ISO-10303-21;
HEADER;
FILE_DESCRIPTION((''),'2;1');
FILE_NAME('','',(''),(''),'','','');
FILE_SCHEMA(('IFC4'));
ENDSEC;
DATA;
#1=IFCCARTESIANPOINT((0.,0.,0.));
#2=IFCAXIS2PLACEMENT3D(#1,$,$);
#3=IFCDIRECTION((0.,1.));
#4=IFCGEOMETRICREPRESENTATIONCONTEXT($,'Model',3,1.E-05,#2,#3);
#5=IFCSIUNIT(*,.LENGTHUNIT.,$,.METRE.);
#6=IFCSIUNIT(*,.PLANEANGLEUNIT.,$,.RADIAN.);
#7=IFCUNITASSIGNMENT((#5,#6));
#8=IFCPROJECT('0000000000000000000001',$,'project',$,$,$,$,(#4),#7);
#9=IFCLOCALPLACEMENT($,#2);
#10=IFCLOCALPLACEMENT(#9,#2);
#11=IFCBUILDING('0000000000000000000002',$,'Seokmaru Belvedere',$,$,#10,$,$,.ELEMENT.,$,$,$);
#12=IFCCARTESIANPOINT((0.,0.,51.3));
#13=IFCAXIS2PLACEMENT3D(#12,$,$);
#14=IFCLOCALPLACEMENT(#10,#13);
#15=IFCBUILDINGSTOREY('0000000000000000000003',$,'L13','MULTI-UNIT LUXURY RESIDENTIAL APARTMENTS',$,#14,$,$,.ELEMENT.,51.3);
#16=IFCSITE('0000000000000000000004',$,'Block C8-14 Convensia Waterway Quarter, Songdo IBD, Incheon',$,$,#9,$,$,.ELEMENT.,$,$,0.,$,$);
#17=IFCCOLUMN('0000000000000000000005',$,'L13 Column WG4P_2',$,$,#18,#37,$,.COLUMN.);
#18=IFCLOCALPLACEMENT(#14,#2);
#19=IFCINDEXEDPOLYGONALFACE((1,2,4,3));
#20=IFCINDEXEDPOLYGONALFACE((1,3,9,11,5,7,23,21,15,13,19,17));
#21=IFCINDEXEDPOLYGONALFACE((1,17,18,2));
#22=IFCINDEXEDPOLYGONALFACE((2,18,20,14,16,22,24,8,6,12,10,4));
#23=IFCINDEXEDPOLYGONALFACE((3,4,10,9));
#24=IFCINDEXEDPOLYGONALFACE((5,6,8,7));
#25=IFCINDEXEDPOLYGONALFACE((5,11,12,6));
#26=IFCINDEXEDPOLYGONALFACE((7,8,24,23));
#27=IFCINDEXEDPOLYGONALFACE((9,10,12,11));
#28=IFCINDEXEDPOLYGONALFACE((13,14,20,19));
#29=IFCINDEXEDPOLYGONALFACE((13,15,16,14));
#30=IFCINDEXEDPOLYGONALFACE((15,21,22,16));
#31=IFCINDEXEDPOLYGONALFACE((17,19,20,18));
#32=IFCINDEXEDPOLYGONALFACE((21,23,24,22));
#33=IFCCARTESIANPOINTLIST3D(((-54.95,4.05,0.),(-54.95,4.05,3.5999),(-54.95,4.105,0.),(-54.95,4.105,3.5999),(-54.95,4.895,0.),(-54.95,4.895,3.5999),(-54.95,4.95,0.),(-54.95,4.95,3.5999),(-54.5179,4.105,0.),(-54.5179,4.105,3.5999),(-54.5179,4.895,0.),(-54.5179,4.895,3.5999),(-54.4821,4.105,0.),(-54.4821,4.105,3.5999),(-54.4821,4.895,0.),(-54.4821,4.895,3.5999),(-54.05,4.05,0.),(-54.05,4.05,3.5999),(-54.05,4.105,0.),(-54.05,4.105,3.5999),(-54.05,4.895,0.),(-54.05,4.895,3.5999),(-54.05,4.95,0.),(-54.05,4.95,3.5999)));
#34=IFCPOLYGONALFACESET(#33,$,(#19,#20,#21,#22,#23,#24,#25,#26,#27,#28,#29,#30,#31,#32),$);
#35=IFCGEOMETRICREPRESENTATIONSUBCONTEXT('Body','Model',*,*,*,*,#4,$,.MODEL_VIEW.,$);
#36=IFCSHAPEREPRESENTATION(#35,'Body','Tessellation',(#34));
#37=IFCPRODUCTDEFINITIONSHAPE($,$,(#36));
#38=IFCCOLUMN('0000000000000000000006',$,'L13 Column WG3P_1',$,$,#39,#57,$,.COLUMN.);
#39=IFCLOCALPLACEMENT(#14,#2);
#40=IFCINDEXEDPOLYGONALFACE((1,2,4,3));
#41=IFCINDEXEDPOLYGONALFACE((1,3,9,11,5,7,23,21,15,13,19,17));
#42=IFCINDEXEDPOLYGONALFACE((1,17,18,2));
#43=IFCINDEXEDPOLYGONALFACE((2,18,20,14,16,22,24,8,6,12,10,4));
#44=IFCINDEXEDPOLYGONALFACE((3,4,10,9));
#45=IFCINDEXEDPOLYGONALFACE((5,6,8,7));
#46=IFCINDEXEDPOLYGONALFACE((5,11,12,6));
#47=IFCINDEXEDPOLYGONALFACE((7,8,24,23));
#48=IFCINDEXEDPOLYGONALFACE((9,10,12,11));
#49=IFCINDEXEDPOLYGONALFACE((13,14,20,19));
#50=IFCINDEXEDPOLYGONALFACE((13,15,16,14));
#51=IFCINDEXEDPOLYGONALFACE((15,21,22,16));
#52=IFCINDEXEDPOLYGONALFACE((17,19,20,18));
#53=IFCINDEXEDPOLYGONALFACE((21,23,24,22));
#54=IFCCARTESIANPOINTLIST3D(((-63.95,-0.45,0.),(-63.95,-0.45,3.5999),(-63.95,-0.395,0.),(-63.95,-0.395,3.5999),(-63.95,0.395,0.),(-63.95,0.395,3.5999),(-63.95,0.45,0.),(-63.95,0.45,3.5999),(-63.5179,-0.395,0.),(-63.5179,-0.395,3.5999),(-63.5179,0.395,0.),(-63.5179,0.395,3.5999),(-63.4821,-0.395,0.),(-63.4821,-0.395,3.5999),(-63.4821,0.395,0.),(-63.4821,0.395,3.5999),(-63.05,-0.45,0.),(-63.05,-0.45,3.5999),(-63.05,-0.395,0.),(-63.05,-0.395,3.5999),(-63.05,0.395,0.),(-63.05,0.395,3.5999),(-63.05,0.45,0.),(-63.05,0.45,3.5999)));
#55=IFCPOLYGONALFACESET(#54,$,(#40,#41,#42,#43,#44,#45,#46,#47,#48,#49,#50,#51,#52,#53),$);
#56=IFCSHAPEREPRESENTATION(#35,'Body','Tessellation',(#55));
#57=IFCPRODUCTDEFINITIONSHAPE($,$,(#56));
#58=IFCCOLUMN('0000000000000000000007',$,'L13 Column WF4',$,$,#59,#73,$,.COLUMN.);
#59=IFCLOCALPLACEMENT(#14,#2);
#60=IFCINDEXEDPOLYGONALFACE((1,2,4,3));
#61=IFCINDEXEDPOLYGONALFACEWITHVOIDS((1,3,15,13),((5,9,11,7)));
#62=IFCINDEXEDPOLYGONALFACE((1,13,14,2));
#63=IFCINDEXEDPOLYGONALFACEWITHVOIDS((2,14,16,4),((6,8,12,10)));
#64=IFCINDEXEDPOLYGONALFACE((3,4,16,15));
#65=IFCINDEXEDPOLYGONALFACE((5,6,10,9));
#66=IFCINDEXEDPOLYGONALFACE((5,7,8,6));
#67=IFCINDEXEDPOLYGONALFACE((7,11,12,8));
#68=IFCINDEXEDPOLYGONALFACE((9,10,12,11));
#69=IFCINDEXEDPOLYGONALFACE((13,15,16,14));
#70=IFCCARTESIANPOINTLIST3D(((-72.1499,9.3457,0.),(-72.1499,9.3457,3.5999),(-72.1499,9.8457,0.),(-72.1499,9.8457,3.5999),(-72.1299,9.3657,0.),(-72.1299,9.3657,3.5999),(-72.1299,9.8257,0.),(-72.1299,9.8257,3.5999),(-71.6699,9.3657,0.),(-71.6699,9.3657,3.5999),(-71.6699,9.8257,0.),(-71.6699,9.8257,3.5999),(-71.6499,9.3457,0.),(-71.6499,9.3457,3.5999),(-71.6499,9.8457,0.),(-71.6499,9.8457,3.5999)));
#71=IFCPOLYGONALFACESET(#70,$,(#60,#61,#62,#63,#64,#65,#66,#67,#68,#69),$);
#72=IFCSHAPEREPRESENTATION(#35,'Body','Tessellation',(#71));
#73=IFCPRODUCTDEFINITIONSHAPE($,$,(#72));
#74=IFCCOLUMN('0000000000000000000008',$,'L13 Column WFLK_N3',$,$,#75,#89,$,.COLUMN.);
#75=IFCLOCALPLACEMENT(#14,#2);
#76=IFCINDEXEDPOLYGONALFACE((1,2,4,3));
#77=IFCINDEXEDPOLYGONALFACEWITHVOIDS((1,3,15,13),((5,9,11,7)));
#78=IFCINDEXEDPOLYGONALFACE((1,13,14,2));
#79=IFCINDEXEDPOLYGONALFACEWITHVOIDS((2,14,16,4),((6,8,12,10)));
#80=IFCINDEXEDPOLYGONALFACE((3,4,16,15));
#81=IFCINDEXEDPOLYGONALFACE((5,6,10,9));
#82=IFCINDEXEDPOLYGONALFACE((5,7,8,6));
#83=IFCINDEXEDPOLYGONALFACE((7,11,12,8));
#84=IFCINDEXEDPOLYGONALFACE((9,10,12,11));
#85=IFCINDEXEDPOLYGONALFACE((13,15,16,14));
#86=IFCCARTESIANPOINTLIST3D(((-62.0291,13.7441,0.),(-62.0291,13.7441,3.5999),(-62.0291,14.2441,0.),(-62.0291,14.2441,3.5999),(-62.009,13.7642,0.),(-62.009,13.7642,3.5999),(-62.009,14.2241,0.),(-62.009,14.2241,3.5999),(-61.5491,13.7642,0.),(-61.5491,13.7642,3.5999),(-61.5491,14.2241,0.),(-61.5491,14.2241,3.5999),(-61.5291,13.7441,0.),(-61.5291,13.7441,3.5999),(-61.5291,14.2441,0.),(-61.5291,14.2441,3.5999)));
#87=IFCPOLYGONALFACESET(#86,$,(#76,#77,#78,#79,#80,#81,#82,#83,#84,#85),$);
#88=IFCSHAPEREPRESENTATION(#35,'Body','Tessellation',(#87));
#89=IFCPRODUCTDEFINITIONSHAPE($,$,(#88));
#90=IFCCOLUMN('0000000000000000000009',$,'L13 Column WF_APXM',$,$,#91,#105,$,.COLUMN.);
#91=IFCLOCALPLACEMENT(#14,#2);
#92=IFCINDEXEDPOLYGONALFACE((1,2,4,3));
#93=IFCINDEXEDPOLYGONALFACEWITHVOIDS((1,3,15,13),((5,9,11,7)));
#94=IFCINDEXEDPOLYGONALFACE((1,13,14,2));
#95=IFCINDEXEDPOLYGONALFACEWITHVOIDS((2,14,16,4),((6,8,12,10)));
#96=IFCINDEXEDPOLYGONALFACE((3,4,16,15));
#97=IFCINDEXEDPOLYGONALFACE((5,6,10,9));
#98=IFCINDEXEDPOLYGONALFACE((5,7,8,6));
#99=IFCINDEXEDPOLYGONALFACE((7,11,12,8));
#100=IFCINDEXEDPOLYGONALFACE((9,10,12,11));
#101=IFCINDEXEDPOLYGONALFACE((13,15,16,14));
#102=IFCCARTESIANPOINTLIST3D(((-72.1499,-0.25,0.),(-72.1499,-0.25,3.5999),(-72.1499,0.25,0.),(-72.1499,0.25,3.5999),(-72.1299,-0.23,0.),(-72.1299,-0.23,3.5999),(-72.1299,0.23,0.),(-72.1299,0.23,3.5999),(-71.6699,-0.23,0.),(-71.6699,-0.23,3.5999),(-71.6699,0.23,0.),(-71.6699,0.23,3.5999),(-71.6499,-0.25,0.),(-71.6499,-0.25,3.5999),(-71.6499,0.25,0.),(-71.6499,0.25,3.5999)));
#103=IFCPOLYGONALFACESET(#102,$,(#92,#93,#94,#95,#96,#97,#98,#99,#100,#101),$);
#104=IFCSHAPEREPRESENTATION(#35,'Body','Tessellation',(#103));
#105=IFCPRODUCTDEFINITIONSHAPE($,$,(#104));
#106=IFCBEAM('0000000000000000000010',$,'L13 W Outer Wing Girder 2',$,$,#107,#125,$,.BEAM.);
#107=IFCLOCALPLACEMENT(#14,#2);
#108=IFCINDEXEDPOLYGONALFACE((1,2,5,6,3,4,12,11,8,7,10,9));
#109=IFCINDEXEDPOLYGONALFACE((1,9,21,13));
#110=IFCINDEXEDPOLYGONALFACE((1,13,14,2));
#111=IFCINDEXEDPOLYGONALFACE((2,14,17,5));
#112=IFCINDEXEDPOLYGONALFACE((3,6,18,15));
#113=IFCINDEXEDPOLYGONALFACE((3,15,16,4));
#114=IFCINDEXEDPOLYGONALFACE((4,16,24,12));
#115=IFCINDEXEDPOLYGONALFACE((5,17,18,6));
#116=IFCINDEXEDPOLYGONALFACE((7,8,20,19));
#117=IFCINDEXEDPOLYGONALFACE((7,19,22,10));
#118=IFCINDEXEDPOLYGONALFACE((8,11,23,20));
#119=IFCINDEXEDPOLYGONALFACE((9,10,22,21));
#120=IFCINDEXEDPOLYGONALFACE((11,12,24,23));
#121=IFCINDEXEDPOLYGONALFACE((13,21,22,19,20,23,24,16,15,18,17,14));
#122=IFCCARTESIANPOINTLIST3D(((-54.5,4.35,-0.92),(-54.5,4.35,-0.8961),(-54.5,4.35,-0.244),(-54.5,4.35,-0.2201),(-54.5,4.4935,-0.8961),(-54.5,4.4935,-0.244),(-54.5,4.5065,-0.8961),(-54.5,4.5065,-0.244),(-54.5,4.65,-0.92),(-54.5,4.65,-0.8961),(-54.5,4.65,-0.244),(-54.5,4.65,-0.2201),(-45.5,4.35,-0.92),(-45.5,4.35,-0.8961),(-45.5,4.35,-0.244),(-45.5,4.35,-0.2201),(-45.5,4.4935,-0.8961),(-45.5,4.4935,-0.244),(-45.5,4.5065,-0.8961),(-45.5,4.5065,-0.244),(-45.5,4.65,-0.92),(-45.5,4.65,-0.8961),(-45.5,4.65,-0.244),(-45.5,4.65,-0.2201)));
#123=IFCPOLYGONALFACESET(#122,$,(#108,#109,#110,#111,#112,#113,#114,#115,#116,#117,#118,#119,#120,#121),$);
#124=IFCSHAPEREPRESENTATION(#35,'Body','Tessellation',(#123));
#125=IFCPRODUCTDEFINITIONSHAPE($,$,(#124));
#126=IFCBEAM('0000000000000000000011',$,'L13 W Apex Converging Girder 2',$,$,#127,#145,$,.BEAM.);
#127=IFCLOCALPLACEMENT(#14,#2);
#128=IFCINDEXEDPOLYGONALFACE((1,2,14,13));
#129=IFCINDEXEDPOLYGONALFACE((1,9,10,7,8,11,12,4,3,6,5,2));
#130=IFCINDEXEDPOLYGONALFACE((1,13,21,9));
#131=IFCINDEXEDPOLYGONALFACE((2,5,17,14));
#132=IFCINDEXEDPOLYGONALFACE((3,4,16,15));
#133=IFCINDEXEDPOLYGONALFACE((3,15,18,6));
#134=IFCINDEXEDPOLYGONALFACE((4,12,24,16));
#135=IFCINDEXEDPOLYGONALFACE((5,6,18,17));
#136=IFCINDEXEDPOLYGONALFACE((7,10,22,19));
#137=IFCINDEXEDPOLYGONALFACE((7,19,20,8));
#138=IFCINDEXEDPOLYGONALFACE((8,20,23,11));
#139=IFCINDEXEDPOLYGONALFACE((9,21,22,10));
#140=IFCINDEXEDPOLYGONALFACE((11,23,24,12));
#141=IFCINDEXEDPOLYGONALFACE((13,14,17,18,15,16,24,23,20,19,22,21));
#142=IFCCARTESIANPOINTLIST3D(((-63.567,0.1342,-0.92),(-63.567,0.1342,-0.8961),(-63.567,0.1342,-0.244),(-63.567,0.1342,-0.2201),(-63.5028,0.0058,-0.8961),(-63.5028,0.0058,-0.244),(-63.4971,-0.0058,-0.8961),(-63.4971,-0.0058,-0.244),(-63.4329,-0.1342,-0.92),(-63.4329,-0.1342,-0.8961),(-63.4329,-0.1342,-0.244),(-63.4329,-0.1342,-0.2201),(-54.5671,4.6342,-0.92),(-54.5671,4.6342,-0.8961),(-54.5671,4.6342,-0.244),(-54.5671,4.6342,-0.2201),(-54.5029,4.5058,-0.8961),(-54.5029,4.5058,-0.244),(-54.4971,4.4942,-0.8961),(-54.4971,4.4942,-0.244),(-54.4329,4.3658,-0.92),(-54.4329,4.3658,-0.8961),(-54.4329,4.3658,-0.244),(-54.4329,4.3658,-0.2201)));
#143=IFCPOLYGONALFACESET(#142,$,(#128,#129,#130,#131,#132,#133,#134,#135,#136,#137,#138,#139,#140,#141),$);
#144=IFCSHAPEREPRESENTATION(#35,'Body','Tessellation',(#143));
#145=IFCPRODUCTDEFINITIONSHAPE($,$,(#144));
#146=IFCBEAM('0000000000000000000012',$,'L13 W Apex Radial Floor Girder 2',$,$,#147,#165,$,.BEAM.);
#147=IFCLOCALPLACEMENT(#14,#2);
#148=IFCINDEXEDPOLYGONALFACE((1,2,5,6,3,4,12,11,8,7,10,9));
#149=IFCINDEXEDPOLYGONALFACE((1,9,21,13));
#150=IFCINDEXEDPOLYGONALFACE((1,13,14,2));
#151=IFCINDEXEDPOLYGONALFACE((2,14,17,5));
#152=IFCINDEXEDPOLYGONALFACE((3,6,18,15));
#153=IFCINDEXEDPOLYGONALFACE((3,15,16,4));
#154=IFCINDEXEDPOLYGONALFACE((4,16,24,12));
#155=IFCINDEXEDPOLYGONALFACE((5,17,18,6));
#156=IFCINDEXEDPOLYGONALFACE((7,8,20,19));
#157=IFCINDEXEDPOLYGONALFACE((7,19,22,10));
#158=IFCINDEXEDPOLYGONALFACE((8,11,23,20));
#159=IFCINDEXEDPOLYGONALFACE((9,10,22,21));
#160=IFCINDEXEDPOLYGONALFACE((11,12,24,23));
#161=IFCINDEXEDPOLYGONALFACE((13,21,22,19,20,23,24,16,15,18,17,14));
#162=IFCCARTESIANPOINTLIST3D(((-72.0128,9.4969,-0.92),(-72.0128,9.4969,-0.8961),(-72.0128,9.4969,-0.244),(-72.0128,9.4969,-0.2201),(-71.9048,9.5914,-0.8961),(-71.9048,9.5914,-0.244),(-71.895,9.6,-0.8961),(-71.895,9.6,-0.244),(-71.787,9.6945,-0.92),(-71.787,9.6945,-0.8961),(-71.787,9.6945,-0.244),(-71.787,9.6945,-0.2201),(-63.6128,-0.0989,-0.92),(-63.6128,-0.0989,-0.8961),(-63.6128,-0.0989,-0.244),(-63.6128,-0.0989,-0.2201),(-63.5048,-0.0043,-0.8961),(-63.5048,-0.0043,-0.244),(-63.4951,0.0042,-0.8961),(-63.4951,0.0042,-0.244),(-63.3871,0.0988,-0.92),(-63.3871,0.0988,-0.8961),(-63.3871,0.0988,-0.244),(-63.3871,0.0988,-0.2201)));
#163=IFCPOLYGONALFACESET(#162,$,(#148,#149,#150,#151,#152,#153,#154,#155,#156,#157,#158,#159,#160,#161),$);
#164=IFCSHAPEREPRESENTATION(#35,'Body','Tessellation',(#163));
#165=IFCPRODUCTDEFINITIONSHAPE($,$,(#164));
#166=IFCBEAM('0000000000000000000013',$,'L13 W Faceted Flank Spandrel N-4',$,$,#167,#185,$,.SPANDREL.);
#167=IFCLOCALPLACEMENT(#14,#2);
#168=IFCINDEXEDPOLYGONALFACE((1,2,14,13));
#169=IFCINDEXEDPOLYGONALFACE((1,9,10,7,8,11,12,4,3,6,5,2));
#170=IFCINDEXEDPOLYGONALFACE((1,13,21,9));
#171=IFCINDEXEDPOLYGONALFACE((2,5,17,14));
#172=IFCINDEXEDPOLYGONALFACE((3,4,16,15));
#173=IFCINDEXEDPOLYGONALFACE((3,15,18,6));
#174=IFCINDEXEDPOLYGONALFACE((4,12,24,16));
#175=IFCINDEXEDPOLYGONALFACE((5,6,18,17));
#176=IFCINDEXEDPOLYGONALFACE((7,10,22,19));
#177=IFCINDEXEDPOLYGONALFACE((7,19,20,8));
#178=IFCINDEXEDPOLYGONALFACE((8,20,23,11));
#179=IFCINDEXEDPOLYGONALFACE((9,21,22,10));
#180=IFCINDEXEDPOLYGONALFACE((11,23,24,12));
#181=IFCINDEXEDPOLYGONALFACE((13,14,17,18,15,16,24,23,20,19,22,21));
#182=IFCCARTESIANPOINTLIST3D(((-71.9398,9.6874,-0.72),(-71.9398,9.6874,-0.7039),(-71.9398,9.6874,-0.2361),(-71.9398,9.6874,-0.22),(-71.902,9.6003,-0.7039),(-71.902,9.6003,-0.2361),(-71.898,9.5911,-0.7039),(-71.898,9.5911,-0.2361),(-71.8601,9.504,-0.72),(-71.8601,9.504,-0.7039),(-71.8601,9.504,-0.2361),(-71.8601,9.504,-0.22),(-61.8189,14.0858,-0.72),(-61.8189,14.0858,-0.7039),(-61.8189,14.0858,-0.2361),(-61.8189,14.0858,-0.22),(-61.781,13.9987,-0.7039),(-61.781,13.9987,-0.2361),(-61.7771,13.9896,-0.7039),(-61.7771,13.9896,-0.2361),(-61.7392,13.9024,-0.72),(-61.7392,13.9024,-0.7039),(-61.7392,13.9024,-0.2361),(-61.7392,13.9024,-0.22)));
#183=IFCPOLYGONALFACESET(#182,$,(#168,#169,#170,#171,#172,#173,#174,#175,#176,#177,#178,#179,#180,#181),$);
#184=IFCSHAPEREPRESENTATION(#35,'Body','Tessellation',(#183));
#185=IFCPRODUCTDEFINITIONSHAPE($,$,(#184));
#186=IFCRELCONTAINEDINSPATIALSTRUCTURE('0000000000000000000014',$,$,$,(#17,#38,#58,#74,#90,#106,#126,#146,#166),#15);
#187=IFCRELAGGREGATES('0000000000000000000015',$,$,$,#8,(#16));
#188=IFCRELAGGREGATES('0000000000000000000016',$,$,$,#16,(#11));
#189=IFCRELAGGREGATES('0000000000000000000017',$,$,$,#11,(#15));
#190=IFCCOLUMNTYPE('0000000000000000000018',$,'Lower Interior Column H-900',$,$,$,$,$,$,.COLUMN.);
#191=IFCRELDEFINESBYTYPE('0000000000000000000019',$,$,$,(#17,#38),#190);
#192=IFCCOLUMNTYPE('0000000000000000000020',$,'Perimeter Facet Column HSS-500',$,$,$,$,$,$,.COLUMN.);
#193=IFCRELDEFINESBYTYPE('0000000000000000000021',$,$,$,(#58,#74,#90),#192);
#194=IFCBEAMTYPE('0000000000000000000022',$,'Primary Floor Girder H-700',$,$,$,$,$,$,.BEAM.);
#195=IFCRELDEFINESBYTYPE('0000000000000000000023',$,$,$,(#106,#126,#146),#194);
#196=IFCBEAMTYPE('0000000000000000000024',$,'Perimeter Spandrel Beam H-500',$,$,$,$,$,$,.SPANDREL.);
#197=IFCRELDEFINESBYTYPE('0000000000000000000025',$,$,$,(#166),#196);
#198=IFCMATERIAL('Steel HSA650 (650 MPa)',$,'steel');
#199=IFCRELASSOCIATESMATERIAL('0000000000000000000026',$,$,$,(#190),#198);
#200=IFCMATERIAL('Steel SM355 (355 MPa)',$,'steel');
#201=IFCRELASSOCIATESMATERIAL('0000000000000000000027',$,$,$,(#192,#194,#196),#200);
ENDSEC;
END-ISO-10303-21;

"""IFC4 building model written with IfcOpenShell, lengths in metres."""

from ifc_helpers import new_model, si_unit, direction, frame, origin, origin_2d, place, context, subcontext, project, spatial, hollow_rectangle, i_section, extrude, source, transform, mapped, material, material_profile, profile_set, type_object, type_shapes, element, save


model = new_model("IFC4")

# Units and contexts
model_context = context("Model", 3, precision=1e-05, world=origin(), true_north=direction((0.0, 1.0)))
body_context = subcontext(model_context, "Body", "Model", "MODEL_VIEW")
ifc_project = project(units=[si_unit("LENGTHUNIT", "METRE"), si_unit("PLANEANGLEUNIT", "RADIAN")], contexts=[model_context])

# Site, building, storey
site_placement = place(None, origin())
site = spatial("IfcSite", under=ifc_project, at=site_placement, Name="Block C8-14 Convensia Waterway Quarter, Songdo IBD, Incheon", CompositionType="ELEMENT", RefElevation=0.0)
building_placement = place(site_placement, origin())
building = spatial("IfcBuilding", under=site, at=building_placement, Name="Seokmaru Belvedere", CompositionType="ELEMENT")
storey_placement = place(building_placement, frame((0.0, 0.0, 51.3)))
storey = spatial("IfcBuildingStorey", under=building, at=storey_placement, Name="L13", Description="MULTI-UNIT LUXURY RESIDENTIAL APARTMENTS", CompositionType="ELEMENT", Elevation=51.3)

# Columns
ifc_material_1 = material(Name="Steel HSA650 (650 MPa)", Category="steel")
ifc_material_profile_1 = material_profile(ifc_material_1, i_section(OverallWidth=0.8999, OverallDepth=0.8999, WebThickness=0.0359, FlangeThickness=0.0549, at=origin_2d()), Name="H-900x900x36x55")
ifc_profile_set_1 = profile_set([ifc_material_profile_1], Name="Steel HSA650 (650 MPa)")
column_type_1 = type_object("IfcColumnType", Name="Lower Interior Column H-900", PredefinedType="COLUMN", material=ifc_profile_set_1)
shared_shape_1 = source(origin(), body_context, "Body", "SweptSolid", [
    extrude(i_section(OverallWidth=0.8999, OverallDepth=0.8999, WebThickness=0.0359, FlangeThickness=0.0549, at=origin_2d()), origin(), (0.0, 0.0, 1.0), 3.5999),
])
type_shapes(column_type_1, [shared_shape_1])
for number, where, z_axis, x_axis, name in (
    (1, (-54.5, 4.5, 0.0), (0.0, 0.0, 1.0), (1.0, 0.0, 0.0), "L13 Column WG4P_2"),
    (2, (-63.5, 0.0, 0.0), (0.0, 0.0, 1.0), (1.0, 0.0, 0.0), "L13 Column WG3P_1"),
):
    element("IfcColumn", number, at=place(storey_placement, frame(where, z_axis=z_axis, x_axis=x_axis)), inside=storey, type_object=column_type_1, Name=name, PredefinedType="COLUMN", context=body_context, shape_type="MappedRepresentation", body=[
        mapped(shared_shape_1, transform((0.0, 0.0, 0.0), scale=1.0)),
    ])
ifc_material_2 = material(Name="Steel SM355 (355 MPa)", Category="steel")
ifc_material_profile_2 = material_profile(ifc_material_2, hollow_rectangle(XDim=0.5, YDim=0.5, WallThickness=0.02, at=origin_2d()), Name="HSS-500x500x20")
ifc_profile_set_2 = profile_set([ifc_material_profile_2], Name="Steel SM355 (355 MPa)")
column_type_2 = type_object("IfcColumnType", Name="Perimeter Facet Column HSS-500", PredefinedType="COLUMN", material=ifc_profile_set_2)
shared_shape_2 = source(origin(), body_context, "Body", "SweptSolid", [
    extrude(hollow_rectangle(XDim=0.5, YDim=0.5, WallThickness=0.02, at=origin_2d()), origin(), (0.0, 0.0, 1.0), 3.5999),
])
type_shapes(column_type_2, [shared_shape_2])
for number, where, z_axis, x_axis, name in (
    (3, (-71.8999, 9.5957, 0.0), (0.0, 0.0, 1.0), (1.0, 0.0, 0.0), "L13 Column WF4"),
    (4, (-61.7791, 13.9941, 0.0), (0.0, 0.0, 1.0), (1.0, 0.0, 0.0), "L13 Column WFLK_N3"),
    (5, (-71.8999, 0.0, 0.0), (0.0, 0.0, 1.0), (1.0, 0.0, 0.0), "L13 Column WF_APXM"),
):
    element("IfcColumn", number, at=place(storey_placement, frame(where, z_axis=z_axis, x_axis=x_axis)), inside=storey, type_object=column_type_2, Name=name, PredefinedType="COLUMN", context=body_context, shape_type="MappedRepresentation", body=[
        mapped(shared_shape_2, transform((0.0, 0.0, 0.0), scale=1.0)),
    ])

# Beams
ifc_material_profile_3 = material_profile(ifc_material_2, i_section(OverallWidth=0.3, OverallDepth=0.7, WebThickness=0.0129, FlangeThickness=0.0239, at=origin_2d()), Name="H-700x300x13x24")
ifc_profile_set_3 = profile_set([ifc_material_profile_3], Name="Steel SM355 (355 MPa)")
beam_type_1 = type_object("IfcBeamType", Name="Primary Floor Girder H-700", PredefinedType="BEAM", material=ifc_profile_set_3)
shared_shape_3 = source(origin(), body_context, "Body", "SweptSolid", [
    extrude(i_section(OverallWidth=0.3, OverallDepth=0.7, WebThickness=0.0129, FlangeThickness=0.0239, at=origin_2d()), origin(), (0.0, 0.0, 1.0), 9.0),
])
beam_1_placement = place(storey_placement, frame((-54.5, 4.5, -0.5701), z_axis=(1.0, 0.0, 0.0), x_axis=(0.0, 1.0, 0.0)))
element("IfcBeam", 6, at=beam_1_placement, inside=storey, type_object=beam_type_1, Name="L13 W Outer Wing Girder 2", PredefinedType="BEAM", context=body_context, shape_type="MappedRepresentation", body=[
    mapped(shared_shape_3, transform((0.0, 0.0, 0.0), scale=1.0)),
])
shared_shape_4 = source(origin(), body_context, "Body", "SweptSolid", [
    extrude(i_section(OverallWidth=0.3, OverallDepth=0.7, WebThickness=0.0129, FlangeThickness=0.0239, at=origin_2d()), origin(), (0.0, 0.0, 1.0), 10.0623),
])
beam_2_placement = place(storey_placement, frame((-54.5, 4.5, -0.5701), z_axis=(-0.894427, -0.447214, 0.0), x_axis=(0.447214, -0.894427, 0.0)))
element("IfcBeam", 7, at=beam_2_placement, inside=storey, type_object=beam_type_1, Name="L13 W Apex Converging Girder 2", PredefinedType="BEAM", context=body_context, shape_type="MappedRepresentation", body=[
    mapped(shared_shape_4, transform((0.0, 0.0, 0.0), scale=1.0)),
])
shared_shape_5 = source(origin(), body_context, "Body", "SweptSolid", [
    extrude(i_section(OverallWidth=0.3, OverallDepth=0.7, WebThickness=0.0129, FlangeThickness=0.0239, at=origin_2d()), origin(), (0.0, 0.0, 1.0), 12.7529),
])
beam_3_placement = place(storey_placement, frame((-71.8999, 9.5957, -0.5701), z_axis=(0.658667, -0.752434, 0.0), x_axis=(0.752434, 0.658667, 0.0)))
element("IfcBeam", 8, at=beam_3_placement, inside=storey, type_object=beam_type_1, Name="L13 W Apex Radial Floor Girder 2", PredefinedType="BEAM", context=body_context, shape_type="MappedRepresentation", body=[
    mapped(shared_shape_5, transform((0.0, 0.0, 0.0), scale=1.0)),
])
ifc_material_profile_4 = material_profile(ifc_material_2, i_section(OverallWidth=0.2, OverallDepth=0.5, WebThickness=0.01, FlangeThickness=0.0161, at=origin_2d()), Name="H-500x200x10x16")
ifc_profile_set_4 = profile_set([ifc_material_profile_4], Name="Steel SM355 (355 MPa)")
beam_type_2 = type_object("IfcBeamType", Name="Perimeter Spandrel Beam H-500", PredefinedType="SPANDREL", material=ifc_profile_set_4)
shared_shape_6 = source(origin(), body_context, "Body", "SweptSolid", [
    extrude(i_section(OverallWidth=0.2, OverallDepth=0.5, WebThickness=0.01, FlangeThickness=0.0161, at=origin_2d()), origin(), (0.0, 0.0, 1.0), 11.0354),
])
beam_4_placement = place(storey_placement, frame((-61.7791, 13.9941, -0.47), z_axis=(-0.917134, -0.398579, 0.0), x_axis=(0.398579, -0.917134, 0.0)))
element("IfcBeam", 9, at=beam_4_placement, inside=storey, type_object=beam_type_2, Name="L13 W Faceted Flank Spandrel N-4", PredefinedType="SPANDREL", context=body_context, shape_type="MappedRepresentation", body=[
    mapped(shared_shape_6, transform((0.0, 0.0, 0.0), scale=1.0)),
])

save(model, "model.ifc")
